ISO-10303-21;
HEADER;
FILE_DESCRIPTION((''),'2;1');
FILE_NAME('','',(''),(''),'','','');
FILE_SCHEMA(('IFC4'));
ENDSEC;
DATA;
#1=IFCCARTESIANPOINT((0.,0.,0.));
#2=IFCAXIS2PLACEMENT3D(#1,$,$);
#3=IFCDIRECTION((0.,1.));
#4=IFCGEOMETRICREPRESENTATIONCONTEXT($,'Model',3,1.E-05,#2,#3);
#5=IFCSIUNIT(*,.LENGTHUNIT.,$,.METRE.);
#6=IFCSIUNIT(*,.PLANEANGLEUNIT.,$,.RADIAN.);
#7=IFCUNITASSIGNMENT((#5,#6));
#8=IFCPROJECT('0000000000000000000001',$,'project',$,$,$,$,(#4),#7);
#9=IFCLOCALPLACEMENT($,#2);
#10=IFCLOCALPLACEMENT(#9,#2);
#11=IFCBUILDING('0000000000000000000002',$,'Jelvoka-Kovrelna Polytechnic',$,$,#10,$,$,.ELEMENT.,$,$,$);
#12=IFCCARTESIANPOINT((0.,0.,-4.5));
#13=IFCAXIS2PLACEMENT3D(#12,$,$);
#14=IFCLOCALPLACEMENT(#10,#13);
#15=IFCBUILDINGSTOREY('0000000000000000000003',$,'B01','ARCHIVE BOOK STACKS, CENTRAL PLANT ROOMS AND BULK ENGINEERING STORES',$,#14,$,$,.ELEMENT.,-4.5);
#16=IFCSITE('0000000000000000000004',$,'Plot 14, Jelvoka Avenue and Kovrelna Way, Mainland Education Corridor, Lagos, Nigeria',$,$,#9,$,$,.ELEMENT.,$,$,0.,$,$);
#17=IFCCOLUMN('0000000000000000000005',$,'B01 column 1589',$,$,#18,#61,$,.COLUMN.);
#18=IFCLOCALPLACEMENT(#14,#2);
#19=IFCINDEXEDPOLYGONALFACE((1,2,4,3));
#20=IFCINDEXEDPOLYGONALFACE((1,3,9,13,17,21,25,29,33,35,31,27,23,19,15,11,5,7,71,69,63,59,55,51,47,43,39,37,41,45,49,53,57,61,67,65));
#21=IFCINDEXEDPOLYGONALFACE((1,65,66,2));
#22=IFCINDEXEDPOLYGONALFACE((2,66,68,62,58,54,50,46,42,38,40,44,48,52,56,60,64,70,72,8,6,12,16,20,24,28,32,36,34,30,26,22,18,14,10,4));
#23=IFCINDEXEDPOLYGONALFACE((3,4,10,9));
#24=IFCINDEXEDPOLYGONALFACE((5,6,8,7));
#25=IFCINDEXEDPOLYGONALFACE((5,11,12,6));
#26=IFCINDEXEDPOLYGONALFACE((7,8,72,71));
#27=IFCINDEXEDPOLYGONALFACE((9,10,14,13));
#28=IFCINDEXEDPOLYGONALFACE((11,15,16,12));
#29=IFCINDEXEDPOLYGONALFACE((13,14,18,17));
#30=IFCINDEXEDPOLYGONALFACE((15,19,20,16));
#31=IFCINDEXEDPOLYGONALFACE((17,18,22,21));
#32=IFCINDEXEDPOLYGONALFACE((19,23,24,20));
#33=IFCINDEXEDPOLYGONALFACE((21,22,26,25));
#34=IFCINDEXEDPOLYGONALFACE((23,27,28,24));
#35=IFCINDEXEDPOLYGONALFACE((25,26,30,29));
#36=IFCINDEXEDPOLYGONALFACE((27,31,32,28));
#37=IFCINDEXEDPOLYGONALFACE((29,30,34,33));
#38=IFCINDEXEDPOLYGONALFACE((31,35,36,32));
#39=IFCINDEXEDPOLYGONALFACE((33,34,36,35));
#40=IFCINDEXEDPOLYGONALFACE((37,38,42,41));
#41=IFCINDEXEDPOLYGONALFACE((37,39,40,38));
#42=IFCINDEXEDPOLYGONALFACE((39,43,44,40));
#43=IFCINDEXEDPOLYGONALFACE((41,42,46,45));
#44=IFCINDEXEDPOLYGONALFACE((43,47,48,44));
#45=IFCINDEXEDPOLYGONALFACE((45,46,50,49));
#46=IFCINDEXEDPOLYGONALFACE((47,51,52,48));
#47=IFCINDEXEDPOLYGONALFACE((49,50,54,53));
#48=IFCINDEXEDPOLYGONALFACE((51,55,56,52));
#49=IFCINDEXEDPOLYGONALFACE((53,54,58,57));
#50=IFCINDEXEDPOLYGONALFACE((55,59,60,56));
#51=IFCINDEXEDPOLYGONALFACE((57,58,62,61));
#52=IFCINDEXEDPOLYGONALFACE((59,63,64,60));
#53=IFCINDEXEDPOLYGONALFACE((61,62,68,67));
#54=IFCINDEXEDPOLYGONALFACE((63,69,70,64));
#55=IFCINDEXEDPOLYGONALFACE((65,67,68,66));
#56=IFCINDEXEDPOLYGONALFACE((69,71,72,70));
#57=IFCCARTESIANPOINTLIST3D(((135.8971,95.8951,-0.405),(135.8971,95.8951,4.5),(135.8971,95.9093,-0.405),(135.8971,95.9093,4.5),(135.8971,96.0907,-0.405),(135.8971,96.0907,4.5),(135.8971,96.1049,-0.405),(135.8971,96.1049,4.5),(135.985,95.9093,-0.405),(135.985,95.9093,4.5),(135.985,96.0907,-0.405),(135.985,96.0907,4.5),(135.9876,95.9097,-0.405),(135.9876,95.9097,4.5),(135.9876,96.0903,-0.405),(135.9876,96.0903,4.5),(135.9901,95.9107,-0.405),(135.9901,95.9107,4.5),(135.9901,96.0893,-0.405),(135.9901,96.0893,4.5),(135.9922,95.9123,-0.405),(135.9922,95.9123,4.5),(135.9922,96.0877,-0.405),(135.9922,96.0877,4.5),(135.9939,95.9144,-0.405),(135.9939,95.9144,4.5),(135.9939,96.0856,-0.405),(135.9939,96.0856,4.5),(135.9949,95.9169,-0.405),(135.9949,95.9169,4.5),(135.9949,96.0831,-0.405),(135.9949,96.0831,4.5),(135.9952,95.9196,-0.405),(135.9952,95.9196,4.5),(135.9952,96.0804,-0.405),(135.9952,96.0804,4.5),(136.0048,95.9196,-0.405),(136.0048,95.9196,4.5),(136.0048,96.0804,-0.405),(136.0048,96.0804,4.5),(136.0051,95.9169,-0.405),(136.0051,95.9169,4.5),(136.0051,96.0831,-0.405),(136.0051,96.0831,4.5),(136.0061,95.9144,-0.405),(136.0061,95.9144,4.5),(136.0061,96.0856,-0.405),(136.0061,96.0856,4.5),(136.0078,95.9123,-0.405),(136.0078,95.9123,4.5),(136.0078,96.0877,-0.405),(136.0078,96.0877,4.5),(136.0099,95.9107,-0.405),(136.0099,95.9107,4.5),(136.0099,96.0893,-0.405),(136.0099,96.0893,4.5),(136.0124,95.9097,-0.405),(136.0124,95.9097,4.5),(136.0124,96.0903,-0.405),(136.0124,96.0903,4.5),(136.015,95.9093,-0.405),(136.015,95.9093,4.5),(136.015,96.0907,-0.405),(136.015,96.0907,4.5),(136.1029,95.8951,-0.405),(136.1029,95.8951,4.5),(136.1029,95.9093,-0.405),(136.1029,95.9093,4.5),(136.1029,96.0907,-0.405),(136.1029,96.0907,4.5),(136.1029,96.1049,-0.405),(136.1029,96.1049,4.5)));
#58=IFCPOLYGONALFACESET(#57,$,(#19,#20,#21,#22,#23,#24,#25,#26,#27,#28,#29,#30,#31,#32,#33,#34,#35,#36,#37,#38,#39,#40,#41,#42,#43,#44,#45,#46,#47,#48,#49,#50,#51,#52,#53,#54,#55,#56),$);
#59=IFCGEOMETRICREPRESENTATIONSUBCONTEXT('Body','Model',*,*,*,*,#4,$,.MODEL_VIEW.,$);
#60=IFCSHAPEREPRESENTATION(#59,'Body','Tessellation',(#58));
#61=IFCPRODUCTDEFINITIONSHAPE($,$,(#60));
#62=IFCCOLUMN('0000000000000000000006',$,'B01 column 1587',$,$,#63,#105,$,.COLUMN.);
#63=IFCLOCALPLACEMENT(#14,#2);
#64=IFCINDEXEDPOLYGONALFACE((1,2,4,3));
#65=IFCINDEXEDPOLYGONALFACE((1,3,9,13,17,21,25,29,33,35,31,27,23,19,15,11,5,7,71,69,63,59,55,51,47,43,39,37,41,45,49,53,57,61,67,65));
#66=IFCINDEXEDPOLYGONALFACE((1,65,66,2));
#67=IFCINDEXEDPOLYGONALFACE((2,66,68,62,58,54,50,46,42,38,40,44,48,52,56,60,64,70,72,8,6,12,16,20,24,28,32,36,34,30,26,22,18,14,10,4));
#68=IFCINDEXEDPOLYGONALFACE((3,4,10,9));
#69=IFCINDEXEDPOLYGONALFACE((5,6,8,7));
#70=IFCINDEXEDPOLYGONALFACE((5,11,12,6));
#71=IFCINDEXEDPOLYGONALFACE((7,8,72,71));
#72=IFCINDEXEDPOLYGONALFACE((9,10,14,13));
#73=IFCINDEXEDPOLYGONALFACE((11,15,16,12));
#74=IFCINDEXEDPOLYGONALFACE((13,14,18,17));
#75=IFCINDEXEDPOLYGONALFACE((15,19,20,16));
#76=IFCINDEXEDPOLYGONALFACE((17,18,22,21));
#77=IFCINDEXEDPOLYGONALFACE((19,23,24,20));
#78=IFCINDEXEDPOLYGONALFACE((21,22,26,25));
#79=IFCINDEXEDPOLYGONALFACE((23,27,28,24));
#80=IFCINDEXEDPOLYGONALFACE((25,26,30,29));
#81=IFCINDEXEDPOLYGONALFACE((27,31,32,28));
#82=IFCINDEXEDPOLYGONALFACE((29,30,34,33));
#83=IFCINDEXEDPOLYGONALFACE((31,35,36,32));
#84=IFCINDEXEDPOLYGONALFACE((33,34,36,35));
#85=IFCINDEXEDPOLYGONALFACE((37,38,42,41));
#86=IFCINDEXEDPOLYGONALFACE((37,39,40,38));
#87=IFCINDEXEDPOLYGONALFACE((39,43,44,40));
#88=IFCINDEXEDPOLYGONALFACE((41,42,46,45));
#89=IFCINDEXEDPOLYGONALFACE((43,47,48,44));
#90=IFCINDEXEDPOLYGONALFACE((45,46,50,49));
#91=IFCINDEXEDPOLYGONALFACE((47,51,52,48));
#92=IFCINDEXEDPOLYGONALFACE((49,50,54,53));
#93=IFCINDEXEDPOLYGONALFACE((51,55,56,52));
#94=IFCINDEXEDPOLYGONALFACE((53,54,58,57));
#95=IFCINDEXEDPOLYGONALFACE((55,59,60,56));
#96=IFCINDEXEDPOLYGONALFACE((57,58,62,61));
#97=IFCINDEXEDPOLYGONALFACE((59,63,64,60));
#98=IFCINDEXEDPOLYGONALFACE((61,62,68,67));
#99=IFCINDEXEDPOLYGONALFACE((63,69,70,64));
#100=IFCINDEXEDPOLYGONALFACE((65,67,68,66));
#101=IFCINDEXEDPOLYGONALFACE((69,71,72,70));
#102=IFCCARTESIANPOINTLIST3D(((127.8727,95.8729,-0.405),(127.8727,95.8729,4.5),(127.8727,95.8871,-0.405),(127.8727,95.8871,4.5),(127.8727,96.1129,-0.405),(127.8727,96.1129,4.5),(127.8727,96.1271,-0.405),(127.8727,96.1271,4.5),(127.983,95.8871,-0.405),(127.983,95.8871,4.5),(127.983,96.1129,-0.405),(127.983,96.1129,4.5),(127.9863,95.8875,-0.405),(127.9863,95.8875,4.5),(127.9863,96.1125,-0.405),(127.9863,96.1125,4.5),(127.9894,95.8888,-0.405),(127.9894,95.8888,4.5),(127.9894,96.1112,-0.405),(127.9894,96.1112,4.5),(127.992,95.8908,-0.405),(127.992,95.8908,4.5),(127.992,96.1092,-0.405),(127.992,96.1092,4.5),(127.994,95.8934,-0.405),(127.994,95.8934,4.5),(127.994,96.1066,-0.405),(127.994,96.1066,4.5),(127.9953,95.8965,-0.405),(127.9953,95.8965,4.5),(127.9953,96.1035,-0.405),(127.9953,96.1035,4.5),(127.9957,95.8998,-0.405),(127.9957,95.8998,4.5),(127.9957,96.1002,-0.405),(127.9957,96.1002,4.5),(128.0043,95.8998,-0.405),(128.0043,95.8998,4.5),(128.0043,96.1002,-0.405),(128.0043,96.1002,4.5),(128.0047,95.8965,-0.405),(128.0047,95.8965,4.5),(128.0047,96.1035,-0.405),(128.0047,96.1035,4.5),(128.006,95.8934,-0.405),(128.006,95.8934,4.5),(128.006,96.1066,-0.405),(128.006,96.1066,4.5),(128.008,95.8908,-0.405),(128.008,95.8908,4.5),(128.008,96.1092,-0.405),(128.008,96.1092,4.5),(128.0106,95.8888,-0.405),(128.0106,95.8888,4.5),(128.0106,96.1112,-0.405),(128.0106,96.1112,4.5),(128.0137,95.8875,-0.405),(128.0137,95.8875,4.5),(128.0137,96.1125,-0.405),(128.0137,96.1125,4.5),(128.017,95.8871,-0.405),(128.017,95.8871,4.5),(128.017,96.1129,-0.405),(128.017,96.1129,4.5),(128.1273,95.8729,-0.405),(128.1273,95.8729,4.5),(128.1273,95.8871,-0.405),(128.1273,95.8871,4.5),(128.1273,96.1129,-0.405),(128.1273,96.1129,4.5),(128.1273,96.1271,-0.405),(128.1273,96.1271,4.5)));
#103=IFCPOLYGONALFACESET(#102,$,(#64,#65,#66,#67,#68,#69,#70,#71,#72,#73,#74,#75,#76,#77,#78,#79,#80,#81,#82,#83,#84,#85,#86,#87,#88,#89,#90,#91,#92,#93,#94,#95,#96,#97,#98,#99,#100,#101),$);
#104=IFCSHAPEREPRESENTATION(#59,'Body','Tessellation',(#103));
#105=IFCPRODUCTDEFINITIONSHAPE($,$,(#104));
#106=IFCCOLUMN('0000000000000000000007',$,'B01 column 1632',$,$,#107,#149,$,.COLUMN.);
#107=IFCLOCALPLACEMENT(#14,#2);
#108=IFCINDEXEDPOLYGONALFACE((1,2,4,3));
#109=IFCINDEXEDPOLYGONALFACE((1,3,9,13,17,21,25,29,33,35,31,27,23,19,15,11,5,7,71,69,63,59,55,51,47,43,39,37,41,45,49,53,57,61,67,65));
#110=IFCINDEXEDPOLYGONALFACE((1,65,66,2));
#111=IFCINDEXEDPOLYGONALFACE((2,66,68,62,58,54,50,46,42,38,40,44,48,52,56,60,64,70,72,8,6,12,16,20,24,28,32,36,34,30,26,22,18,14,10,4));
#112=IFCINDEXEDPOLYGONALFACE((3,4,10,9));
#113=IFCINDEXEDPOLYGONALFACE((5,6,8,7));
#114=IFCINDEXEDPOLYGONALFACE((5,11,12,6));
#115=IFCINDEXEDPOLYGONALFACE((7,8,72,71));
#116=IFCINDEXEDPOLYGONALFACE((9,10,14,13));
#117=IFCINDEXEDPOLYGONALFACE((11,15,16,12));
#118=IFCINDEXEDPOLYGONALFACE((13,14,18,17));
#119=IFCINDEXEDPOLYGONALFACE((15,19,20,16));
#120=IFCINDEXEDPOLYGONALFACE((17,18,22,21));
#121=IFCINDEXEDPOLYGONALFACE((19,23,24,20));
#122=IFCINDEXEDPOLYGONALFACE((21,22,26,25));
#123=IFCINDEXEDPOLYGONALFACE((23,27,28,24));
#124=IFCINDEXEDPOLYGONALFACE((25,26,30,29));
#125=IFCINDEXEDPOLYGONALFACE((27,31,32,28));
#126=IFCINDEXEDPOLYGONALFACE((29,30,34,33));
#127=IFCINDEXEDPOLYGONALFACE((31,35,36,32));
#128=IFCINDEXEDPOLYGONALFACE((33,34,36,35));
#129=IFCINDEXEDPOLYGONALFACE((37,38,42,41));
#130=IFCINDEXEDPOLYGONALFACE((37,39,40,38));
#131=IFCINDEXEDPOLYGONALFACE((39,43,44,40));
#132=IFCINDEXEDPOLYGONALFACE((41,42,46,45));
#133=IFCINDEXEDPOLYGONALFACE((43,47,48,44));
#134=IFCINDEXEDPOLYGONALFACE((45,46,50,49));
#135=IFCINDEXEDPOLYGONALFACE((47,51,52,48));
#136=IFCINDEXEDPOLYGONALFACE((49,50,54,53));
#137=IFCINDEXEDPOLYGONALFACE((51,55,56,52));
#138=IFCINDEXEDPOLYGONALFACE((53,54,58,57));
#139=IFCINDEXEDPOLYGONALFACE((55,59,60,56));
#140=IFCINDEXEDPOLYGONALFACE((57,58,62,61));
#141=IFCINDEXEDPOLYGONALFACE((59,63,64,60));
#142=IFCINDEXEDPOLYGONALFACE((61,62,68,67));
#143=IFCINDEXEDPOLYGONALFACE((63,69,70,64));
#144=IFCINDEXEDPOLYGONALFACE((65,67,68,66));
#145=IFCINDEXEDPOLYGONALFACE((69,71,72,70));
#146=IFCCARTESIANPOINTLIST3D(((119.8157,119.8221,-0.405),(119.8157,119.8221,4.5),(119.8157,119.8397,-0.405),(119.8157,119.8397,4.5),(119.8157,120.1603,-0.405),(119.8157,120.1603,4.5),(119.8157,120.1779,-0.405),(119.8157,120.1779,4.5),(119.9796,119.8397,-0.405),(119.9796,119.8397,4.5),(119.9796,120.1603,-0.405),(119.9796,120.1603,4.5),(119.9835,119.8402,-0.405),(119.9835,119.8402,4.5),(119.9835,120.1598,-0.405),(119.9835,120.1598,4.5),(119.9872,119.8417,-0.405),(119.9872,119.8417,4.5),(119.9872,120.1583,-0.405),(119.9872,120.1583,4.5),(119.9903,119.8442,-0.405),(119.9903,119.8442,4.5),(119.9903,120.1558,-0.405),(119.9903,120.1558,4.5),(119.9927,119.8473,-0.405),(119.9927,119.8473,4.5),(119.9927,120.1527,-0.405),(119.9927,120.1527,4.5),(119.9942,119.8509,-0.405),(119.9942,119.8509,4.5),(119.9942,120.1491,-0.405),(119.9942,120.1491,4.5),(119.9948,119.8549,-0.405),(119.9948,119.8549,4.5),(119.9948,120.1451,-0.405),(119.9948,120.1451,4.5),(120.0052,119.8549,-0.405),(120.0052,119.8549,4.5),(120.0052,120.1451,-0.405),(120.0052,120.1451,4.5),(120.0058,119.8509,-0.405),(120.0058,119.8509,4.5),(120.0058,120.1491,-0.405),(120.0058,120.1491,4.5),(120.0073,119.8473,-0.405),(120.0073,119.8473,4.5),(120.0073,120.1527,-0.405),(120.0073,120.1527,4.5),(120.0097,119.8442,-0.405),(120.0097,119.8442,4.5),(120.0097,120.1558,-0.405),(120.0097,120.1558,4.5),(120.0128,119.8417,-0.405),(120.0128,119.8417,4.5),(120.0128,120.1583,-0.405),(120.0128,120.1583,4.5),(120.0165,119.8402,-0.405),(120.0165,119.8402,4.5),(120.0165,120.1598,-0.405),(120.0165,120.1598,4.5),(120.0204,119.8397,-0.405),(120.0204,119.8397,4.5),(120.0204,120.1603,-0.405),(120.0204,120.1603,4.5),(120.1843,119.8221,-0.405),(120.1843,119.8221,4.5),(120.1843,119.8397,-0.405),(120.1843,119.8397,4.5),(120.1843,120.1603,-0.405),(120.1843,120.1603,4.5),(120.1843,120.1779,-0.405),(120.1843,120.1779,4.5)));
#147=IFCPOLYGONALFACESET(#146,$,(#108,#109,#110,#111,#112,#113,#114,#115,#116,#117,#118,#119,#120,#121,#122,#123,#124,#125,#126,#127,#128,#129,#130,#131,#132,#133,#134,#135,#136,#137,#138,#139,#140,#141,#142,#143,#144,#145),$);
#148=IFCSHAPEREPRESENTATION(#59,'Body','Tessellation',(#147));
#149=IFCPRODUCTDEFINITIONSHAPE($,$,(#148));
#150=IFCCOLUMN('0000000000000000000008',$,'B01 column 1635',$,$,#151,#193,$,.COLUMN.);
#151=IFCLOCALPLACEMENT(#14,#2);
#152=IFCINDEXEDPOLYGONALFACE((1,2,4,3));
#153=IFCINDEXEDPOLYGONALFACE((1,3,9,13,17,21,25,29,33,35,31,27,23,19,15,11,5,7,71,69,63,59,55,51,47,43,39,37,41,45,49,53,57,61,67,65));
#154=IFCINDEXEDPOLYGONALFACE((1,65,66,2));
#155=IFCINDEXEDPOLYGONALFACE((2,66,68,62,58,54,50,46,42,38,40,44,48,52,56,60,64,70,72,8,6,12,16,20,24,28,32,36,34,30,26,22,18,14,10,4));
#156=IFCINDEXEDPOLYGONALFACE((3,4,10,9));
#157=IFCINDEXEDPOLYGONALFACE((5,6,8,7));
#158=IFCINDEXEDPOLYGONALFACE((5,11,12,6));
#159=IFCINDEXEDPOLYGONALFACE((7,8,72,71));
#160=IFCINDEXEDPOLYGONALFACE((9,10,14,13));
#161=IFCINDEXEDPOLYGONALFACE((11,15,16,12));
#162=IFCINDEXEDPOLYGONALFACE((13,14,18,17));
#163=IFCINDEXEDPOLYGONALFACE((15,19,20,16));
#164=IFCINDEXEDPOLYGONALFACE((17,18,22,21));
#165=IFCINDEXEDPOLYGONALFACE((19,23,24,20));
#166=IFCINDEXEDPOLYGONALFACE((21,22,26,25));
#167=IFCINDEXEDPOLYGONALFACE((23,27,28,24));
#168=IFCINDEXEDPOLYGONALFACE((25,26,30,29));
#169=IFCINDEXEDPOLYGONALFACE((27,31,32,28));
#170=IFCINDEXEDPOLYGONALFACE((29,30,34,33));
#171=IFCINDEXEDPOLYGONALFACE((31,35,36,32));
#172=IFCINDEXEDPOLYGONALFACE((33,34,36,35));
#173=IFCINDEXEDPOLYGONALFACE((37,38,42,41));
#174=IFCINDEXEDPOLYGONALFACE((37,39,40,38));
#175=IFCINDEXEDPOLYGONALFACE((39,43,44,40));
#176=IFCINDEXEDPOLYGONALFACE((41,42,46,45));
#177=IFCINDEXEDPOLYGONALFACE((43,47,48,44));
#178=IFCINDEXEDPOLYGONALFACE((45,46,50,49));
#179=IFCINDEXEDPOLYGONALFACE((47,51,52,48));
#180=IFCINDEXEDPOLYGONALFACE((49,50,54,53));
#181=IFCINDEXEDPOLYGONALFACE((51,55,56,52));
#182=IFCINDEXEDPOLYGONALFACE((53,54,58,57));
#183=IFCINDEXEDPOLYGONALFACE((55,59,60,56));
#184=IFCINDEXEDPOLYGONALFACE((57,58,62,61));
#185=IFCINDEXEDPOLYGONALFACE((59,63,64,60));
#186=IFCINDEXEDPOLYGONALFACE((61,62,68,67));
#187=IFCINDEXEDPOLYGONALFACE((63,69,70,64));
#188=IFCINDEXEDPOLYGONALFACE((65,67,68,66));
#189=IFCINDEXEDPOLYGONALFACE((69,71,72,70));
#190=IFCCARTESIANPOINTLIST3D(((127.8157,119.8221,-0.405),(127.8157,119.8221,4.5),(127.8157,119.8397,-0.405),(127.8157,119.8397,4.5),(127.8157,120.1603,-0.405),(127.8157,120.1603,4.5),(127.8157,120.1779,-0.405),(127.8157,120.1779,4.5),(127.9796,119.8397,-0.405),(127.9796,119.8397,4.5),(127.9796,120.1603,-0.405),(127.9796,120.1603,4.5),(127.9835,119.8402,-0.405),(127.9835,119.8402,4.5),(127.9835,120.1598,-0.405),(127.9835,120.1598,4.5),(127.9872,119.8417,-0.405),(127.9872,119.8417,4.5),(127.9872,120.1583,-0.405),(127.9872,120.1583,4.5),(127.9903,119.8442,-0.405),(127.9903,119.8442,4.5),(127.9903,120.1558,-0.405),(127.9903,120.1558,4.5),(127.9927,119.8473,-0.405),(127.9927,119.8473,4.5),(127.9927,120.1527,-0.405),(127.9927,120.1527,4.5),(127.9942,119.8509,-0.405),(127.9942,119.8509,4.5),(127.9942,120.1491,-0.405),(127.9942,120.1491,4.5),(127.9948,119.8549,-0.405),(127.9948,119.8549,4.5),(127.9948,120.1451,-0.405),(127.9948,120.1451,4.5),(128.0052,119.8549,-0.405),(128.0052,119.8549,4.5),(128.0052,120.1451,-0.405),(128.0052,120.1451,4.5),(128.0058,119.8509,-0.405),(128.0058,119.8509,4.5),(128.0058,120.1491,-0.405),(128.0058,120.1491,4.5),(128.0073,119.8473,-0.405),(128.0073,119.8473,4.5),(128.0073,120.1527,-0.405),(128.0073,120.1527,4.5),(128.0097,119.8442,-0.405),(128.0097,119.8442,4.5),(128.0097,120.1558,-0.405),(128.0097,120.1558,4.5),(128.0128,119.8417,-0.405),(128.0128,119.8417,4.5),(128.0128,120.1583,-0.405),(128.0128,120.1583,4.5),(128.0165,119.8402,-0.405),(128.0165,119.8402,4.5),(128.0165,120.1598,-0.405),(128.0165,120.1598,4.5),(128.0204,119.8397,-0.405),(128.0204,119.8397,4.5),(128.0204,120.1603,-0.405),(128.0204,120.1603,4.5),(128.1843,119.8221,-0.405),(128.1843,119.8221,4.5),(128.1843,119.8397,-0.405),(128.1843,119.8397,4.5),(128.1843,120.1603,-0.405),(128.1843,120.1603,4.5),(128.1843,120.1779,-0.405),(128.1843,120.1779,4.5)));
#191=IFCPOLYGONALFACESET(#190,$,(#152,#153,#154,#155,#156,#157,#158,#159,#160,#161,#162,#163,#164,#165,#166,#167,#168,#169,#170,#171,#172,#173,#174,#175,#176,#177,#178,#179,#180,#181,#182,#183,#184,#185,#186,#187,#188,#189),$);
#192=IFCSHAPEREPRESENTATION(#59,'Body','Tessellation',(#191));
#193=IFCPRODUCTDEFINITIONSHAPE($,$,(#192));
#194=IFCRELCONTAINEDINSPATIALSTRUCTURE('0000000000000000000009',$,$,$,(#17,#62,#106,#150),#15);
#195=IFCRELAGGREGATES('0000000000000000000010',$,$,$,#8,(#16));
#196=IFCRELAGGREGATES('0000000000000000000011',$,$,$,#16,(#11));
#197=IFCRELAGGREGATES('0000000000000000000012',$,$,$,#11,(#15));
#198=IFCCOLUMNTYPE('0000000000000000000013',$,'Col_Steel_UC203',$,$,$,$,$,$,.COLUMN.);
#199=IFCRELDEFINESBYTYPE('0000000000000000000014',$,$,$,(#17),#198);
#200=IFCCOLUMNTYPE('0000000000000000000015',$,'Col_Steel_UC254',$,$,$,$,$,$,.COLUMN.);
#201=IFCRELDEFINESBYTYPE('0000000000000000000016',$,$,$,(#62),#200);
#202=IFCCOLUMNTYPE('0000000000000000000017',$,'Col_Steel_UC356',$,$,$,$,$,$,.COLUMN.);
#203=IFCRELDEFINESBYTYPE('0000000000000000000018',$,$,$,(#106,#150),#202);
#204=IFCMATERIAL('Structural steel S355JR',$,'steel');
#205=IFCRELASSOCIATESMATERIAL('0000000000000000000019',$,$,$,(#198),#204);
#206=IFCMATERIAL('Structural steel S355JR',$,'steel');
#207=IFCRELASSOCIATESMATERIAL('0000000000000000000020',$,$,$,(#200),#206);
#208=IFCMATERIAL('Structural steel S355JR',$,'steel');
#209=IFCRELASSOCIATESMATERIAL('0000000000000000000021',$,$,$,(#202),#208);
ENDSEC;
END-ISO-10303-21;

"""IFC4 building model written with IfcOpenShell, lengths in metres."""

from ifc_helpers import new_model, si_unit, direction, frame, origin, origin_2d, place, context, subcontext, project, spatial, i_section, extrude, material, material_profile, profile_set, type_object, element, save


model = new_model("IFC4")

# Units and contexts
model_context = context("Model", 3, precision=1e-05, world=origin(), true_north=direction((0.0, 1.0)))
body_context = subcontext(model_context, "Body", "Model", "MODEL_VIEW")
ifc_project = project(units=[si_unit("LENGTHUNIT", "METRE"), si_unit("PLANEANGLEUNIT", "RADIAN")], contexts=[model_context])

# Site, building, storey
site_placement = place(None, origin())
site = spatial("IfcSite", under=ifc_project, at=site_placement, Name="Plot 14, Jelvoka Avenue and Kovrelna Way, Mainland Education Corridor, Lagos, Nigeria", CompositionType="ELEMENT", RefElevation=0.0)
building_placement = place(site_placement, origin())
building = spatial("IfcBuilding", under=site, at=building_placement, Name="Jelvoka-Kovrelna Polytechnic", CompositionType="ELEMENT")
storey_placement = place(building_placement, frame((0.0, 0.0, -4.5)))
storey = spatial("IfcBuildingStorey", under=building, at=storey_placement, Name="B01", Description="ARCHIVE BOOK STACKS, CENTRAL PLANT ROOMS AND BULK ENGINEERING STORES", CompositionType="ELEMENT", Elevation=-4.5)

# Columns
ifc_material_1 = material(Name="Structural steel S355JR", Category="steel")
ifc_material_profile_1 = material_profile(ifc_material_1, i_section(OverallWidth=0.2058, OverallDepth=0.2097, WebThickness=0.0095, FlangeThickness=0.0142, FilletRadius=0.0103, at=origin_2d()), Name="203x203x60 UC")
ifc_profile_set_1 = profile_set([ifc_material_profile_1], Name="Structural steel S355JR")
column_type_1 = type_object("IfcColumnType", Name="Col_Steel_UC203", PredefinedType="COLUMN", material=ifc_profile_set_1)
column_1_placement = place(storey_placement, frame((136.0, 96.0, -0.405), z_axis=(0.0, 0.0, 1.0), x_axis=(1.0, 0.0, 0.0)))
element("IfcColumn", 1, at=column_1_placement, inside=storey, type_object=column_type_1, Name="B01 column 1589", PredefinedType="COLUMN", context=body_context, shape_type="SweptSolid", body=[
    extrude(i_section(OverallWidth=0.2058, OverallDepth=0.2097, WebThickness=0.0095, FlangeThickness=0.0142, FilletRadius=0.0103, at=origin_2d()), origin(), (0.0, 0.0, 1.0), 4.905),
])
ifc_material_2 = material(Name="Structural steel S355JR", Category="steel")
ifc_material_profile_2 = material_profile(ifc_material_2, i_section(OverallWidth=0.2546, OverallDepth=0.2542, WebThickness=0.0085, FlangeThickness=0.0142, FilletRadius=0.0127, at=origin_2d()), Name="254x254x73 UC")
ifc_profile_set_2 = profile_set([ifc_material_profile_2], Name="Structural steel S355JR")
column_type_2 = type_object("IfcColumnType", Name="Col_Steel_UC254", PredefinedType="COLUMN", material=ifc_profile_set_2)
column_2_placement = place(storey_placement, frame((128.0, 96.0, -0.405), z_axis=(0.0, 0.0, 1.0), x_axis=(1.0, 0.0, 0.0)))
element("IfcColumn", 2, at=column_2_placement, inside=storey, type_object=column_type_2, Name="B01 column 1587", PredefinedType="COLUMN", context=body_context, shape_type="SweptSolid", body=[
    extrude(i_section(OverallWidth=0.2546, OverallDepth=0.2542, WebThickness=0.0085, FlangeThickness=0.0142, FilletRadius=0.0127, at=origin_2d()), origin(), (0.0, 0.0, 1.0), 4.905),
])
ifc_material_3 = material(Name="Structural steel S355JR", Category="steel")
ifc_material_profile_3 = material_profile(ifc_material_3, i_section(OverallWidth=0.3687, OverallDepth=0.3557, WebThickness=0.0105, FlangeThickness=0.0176, FilletRadius=0.0151, at=origin_2d()), Name="356x368x129 UC")
ifc_profile_set_3 = profile_set([ifc_material_profile_3], Name="Structural steel S355JR")
column_type_3 = type_object("IfcColumnType", Name="Col_Steel_UC356", PredefinedType="COLUMN", material=ifc_profile_set_3)
for number, where, z_axis, x_axis, name in (
    (3, (120.0, 120.0, -0.405), (0.0, 0.0, 1.0), (1.0, 0.0, 0.0), "B01 column 1632"),
    (4, (128.0, 120.0, -0.405), (0.0, 0.0, 1.0), (1.0, 0.0, 0.0), "B01 column 1635"),
):
    element("IfcColumn", number, at=place(storey_placement, frame(where, z_axis=z_axis, x_axis=x_axis)), inside=storey, type_object=column_type_3, Name=name, PredefinedType="COLUMN", context=body_context, shape_type="SweptSolid", body=[
        extrude(i_section(OverallWidth=0.3687, OverallDepth=0.3557, WebThickness=0.0105, FlangeThickness=0.0176, FilletRadius=0.0151, at=origin_2d()), origin(), (0.0, 0.0, 1.0), 4.905),
    ])

save(model, "model.ifc")
